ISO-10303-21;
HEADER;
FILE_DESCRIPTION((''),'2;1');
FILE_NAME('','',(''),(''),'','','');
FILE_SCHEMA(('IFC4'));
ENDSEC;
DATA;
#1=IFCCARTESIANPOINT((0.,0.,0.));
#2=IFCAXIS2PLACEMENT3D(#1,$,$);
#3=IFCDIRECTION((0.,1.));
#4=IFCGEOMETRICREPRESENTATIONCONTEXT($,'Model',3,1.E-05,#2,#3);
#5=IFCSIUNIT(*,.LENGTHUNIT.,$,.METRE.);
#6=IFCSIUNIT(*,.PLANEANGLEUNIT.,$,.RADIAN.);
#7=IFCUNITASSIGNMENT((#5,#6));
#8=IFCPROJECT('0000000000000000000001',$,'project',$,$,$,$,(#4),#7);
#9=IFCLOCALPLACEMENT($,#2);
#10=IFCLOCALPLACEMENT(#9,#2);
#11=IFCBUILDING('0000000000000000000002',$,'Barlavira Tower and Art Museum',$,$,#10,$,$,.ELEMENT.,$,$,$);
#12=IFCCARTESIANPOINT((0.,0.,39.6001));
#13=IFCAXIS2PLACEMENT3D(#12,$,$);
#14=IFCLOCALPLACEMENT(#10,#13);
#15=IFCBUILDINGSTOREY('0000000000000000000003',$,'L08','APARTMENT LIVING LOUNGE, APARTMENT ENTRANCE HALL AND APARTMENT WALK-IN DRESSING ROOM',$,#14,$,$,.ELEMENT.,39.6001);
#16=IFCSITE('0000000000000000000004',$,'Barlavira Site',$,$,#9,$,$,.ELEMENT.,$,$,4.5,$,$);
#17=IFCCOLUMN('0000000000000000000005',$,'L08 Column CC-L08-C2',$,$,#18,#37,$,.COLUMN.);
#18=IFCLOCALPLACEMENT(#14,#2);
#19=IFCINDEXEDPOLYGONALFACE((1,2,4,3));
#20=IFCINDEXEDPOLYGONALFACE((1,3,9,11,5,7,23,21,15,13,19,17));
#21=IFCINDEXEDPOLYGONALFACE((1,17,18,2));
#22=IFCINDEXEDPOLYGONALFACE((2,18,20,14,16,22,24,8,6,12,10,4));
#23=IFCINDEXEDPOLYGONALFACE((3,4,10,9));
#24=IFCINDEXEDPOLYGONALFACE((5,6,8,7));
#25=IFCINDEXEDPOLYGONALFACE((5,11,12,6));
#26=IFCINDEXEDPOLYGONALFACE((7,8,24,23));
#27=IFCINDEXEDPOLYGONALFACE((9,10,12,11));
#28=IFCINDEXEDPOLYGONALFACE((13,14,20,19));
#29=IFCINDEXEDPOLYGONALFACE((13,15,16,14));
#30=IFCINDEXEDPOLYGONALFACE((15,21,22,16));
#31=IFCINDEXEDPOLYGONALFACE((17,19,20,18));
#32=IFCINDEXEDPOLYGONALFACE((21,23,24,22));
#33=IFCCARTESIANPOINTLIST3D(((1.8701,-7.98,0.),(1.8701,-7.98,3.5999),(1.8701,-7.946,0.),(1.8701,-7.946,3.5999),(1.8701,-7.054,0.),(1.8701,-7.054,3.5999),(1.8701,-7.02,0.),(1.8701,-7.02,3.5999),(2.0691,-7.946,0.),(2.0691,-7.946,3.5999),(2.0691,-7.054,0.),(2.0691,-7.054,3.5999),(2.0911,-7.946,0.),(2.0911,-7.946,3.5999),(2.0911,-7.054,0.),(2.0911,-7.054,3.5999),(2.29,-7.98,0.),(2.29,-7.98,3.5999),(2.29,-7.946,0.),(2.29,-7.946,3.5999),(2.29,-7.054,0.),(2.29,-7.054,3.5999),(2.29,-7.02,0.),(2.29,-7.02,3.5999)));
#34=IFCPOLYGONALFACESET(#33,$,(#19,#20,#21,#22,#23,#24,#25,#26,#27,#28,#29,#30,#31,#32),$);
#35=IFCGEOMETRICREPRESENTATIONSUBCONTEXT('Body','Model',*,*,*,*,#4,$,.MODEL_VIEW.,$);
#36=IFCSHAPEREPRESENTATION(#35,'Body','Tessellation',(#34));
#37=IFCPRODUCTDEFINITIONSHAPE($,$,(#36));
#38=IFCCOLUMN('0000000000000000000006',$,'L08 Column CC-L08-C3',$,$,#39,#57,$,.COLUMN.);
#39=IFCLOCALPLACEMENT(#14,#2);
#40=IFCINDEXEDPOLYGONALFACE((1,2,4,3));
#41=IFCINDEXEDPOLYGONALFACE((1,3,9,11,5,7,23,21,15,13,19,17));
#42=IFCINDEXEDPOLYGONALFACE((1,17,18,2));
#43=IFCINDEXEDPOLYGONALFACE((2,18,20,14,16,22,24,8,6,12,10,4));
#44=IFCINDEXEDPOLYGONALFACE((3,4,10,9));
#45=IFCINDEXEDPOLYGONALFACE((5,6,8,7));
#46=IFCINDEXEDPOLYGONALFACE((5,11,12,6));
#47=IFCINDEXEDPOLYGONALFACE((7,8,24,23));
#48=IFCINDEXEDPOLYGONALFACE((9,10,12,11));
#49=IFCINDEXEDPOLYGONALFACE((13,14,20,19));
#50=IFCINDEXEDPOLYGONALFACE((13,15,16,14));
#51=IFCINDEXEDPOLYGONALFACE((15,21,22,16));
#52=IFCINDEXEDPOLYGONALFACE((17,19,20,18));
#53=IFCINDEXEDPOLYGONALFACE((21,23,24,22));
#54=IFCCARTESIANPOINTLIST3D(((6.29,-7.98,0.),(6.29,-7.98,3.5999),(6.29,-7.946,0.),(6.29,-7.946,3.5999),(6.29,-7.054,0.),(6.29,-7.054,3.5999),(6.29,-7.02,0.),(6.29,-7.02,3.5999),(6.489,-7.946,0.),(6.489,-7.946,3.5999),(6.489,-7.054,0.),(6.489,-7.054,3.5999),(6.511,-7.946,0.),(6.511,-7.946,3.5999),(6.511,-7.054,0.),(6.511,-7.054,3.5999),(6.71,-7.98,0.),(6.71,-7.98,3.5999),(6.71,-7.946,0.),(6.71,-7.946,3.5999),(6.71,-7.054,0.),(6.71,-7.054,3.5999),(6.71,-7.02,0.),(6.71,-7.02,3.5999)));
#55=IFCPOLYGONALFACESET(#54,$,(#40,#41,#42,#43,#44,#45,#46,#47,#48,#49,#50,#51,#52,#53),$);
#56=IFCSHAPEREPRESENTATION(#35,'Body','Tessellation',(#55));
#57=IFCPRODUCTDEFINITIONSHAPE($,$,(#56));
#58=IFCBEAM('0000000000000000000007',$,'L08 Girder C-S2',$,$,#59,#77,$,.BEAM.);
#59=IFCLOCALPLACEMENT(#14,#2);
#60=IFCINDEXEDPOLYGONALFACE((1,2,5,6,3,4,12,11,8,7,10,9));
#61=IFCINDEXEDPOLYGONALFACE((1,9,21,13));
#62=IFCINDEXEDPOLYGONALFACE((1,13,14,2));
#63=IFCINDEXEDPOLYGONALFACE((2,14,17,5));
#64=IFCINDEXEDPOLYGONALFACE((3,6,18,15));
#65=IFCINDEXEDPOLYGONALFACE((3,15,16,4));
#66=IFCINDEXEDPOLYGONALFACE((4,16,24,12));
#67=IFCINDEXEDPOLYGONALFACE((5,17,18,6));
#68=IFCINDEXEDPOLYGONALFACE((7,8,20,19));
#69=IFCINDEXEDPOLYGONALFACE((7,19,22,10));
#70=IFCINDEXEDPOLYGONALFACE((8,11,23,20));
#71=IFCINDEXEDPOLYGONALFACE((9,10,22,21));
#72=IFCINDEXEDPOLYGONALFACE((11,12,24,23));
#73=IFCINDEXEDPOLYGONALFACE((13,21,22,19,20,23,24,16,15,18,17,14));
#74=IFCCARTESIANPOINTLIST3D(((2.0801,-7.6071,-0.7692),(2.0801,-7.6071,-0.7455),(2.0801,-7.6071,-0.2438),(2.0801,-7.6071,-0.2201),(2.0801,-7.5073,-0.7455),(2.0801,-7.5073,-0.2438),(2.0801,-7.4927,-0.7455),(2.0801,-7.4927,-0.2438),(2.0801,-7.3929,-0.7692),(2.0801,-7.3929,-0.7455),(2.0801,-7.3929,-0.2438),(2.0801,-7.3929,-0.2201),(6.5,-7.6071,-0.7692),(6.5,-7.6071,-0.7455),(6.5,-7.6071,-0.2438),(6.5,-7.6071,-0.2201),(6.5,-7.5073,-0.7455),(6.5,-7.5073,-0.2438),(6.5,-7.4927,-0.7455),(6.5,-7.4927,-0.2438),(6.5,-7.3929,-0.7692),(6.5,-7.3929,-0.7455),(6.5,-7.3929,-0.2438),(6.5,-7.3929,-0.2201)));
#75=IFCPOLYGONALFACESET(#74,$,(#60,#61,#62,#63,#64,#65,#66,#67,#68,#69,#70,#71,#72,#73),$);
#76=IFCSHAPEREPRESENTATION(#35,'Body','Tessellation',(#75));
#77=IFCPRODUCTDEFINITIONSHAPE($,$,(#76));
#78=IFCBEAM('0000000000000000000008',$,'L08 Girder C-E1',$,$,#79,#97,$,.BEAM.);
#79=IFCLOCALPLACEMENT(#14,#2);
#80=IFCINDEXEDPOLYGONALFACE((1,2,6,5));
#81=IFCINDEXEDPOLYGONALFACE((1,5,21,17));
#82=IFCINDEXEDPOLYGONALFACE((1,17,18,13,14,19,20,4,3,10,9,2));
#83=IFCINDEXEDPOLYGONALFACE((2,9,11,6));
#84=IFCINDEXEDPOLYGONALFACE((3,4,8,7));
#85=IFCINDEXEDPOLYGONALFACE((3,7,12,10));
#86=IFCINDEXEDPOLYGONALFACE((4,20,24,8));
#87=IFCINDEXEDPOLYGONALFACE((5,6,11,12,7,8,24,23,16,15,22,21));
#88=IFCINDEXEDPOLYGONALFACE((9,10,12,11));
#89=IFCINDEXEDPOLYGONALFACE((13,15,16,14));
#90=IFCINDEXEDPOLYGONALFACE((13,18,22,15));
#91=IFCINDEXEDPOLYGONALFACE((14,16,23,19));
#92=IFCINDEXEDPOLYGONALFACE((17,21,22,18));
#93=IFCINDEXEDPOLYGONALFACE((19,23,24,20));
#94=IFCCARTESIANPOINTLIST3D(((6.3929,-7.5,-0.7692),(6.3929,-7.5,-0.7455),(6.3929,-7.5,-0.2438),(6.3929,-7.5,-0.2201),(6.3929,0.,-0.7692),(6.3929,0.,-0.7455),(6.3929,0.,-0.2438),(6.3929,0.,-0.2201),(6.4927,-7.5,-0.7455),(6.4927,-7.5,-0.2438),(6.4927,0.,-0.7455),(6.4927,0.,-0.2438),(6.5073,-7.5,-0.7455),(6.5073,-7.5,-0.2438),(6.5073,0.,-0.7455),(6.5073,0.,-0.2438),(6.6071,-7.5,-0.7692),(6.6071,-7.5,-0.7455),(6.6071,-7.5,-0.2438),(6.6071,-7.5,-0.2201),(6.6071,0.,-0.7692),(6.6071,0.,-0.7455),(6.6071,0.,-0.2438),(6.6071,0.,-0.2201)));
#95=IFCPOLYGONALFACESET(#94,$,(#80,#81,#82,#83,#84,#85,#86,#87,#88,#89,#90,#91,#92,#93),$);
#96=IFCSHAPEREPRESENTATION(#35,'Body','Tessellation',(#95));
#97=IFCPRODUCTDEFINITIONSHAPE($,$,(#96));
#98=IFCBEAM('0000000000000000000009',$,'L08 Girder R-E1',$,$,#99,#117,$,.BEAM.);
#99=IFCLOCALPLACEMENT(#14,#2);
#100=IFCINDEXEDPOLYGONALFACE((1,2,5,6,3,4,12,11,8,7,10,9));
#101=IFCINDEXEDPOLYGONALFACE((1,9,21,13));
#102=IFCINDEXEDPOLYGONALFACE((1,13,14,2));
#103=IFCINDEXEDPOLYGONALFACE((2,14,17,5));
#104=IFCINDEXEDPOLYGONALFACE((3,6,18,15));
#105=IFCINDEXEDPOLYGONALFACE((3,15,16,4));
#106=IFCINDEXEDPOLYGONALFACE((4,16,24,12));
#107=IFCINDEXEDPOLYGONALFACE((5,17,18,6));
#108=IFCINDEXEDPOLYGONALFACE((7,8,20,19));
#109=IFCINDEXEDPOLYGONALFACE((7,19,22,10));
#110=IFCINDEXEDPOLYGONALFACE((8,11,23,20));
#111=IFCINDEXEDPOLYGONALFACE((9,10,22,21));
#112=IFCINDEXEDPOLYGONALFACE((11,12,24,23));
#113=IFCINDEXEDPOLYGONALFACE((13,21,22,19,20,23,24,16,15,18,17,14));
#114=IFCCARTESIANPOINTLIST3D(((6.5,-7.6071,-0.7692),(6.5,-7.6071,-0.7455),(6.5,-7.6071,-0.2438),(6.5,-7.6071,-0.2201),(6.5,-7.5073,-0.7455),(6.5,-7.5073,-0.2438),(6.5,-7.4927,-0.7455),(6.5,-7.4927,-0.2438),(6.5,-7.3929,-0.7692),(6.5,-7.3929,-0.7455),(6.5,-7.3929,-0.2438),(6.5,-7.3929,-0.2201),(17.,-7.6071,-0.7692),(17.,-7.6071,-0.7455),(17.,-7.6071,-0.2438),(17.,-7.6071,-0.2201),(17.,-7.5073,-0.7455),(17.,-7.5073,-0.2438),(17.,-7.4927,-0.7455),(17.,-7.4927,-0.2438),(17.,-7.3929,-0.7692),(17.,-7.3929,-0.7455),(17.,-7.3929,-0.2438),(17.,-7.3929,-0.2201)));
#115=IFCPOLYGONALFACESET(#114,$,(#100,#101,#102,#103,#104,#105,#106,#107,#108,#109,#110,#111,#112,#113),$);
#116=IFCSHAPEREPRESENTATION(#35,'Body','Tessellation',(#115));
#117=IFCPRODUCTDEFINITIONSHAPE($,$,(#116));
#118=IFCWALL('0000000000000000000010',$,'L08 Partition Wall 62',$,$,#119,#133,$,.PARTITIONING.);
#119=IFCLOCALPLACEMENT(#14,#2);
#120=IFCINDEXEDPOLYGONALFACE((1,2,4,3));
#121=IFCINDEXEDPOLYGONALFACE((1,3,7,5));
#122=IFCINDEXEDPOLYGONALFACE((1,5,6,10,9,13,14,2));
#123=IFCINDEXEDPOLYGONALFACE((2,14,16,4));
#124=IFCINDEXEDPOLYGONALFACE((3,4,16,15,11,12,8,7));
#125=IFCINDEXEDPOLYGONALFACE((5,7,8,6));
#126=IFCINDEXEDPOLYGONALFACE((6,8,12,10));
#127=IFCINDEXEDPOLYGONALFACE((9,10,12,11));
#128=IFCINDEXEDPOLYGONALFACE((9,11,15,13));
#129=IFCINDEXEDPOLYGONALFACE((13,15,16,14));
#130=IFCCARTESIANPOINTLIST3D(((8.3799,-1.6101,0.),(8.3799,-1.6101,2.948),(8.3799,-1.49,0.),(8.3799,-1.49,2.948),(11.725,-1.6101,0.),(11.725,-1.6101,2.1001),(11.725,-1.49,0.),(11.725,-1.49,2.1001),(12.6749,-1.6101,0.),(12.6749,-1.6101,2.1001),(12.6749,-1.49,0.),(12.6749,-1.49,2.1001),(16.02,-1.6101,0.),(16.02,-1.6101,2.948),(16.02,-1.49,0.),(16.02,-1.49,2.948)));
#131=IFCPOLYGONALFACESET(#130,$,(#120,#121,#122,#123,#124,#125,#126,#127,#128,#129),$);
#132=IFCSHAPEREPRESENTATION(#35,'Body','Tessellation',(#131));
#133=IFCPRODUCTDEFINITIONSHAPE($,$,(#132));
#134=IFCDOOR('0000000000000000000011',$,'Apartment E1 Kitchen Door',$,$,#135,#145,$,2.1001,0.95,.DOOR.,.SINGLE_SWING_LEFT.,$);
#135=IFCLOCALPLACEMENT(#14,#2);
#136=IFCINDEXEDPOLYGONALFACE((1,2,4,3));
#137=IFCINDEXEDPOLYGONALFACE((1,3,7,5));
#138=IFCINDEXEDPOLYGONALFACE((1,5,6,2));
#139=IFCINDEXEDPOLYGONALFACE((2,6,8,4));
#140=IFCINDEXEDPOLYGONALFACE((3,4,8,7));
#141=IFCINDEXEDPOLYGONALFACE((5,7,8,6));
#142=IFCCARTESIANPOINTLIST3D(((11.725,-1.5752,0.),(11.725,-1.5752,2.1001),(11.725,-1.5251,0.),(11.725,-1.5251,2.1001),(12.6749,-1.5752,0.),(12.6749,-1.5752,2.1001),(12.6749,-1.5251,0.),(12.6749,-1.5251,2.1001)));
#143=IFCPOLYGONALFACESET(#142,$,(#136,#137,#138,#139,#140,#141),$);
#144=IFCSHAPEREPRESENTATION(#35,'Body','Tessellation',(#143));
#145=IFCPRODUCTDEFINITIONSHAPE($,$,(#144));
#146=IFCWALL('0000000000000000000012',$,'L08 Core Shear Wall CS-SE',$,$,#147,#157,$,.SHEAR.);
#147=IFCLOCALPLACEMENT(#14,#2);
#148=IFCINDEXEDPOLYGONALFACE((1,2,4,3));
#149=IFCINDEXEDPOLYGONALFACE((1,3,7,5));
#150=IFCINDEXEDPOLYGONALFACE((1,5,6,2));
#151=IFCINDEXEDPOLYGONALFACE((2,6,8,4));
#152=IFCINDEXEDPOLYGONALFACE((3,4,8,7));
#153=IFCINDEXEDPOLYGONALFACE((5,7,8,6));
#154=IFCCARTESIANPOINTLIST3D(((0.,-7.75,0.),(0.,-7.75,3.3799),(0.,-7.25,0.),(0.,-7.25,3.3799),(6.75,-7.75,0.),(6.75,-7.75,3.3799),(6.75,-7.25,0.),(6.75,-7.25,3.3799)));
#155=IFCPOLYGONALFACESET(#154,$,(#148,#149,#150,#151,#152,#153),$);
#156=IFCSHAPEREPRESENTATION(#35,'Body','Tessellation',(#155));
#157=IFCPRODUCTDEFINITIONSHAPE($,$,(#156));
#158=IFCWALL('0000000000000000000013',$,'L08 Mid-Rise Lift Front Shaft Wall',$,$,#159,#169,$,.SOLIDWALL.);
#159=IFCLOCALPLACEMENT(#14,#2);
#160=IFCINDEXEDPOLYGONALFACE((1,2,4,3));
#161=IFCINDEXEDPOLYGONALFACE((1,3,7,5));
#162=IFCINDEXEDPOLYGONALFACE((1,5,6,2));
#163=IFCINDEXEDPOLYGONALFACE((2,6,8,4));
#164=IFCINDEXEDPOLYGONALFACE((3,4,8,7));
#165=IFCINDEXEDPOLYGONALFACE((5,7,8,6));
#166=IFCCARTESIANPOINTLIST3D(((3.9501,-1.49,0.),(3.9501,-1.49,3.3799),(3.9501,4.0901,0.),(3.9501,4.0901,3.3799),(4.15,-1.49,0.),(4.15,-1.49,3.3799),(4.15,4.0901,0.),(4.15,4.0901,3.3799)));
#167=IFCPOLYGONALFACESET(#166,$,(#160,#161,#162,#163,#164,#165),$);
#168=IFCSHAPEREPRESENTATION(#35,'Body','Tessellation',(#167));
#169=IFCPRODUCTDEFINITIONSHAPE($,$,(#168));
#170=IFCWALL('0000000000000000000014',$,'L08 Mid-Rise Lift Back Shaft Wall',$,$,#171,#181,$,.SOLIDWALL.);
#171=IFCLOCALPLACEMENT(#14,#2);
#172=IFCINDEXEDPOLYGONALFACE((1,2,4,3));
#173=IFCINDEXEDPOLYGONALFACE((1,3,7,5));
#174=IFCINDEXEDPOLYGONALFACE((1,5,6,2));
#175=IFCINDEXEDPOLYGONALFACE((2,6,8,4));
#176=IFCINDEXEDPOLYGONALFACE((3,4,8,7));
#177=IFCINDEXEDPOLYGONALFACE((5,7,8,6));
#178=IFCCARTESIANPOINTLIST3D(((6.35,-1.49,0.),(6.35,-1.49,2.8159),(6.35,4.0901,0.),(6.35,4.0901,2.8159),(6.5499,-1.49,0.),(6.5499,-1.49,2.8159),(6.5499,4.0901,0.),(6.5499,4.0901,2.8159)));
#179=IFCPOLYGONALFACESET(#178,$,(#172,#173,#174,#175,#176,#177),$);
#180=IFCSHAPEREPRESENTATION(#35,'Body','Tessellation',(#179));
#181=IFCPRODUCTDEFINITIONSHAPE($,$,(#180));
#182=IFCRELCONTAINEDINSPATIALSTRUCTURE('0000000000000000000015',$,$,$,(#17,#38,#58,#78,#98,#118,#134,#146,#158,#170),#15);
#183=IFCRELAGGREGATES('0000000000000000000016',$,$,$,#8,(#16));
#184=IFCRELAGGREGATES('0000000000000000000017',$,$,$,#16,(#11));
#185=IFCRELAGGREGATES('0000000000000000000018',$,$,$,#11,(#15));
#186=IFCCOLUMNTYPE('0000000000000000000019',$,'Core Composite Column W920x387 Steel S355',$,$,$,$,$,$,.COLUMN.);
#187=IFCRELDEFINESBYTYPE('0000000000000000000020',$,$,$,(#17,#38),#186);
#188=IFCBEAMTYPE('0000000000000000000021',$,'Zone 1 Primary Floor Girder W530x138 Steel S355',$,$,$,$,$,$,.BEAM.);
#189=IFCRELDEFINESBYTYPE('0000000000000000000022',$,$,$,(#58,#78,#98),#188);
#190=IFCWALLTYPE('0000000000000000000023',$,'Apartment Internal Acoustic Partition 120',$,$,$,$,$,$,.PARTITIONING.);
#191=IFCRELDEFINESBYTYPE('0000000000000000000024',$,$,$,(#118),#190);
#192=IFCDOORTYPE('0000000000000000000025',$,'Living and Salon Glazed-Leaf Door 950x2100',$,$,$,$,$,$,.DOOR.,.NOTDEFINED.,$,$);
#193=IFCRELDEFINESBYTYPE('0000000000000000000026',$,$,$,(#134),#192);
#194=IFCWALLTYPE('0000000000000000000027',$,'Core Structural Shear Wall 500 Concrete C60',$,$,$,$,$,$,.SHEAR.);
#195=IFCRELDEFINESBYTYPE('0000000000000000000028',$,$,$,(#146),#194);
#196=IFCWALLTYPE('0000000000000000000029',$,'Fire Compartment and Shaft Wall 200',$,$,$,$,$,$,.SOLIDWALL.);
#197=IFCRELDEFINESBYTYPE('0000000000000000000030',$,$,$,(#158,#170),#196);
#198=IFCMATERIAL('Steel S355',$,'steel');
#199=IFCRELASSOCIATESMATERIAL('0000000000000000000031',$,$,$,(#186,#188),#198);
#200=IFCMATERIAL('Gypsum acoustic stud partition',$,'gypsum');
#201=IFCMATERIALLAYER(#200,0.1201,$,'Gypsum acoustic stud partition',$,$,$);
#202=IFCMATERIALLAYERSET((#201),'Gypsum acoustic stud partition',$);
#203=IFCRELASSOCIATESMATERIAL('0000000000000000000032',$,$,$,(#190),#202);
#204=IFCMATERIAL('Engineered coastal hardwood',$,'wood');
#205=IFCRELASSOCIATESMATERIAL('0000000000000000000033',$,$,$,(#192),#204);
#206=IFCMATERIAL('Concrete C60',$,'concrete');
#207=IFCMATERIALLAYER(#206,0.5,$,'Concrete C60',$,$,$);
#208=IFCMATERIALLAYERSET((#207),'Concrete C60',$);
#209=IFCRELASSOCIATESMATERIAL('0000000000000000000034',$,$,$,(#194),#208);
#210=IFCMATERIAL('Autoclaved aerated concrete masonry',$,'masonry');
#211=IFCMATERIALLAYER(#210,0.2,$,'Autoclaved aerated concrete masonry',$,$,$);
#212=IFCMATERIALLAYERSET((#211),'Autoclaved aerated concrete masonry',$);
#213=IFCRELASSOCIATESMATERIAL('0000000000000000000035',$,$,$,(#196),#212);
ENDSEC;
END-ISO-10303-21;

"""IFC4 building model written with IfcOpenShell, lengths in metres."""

from ifc_helpers import new_model, si_unit, direction, frame, frame_2d, origin, origin_2d, place, context, subcontext, project, spatial, rectangle, i_section, extrude, material, layer, layer_set, material_profile, profile_set, type_object, element, fill, save


model = new_model("IFC4")

# Units and contexts
model_context = context("Model", 3, precision=1e-05, world=origin(), true_north=direction((0.0, 1.0)))
body_context = subcontext(model_context, "Body", "Model", "MODEL_VIEW")
ifc_project = project(units=[si_unit("LENGTHUNIT", "METRE"), si_unit("PLANEANGLEUNIT", "RADIAN")], contexts=[model_context])

# Site, building, storey
site_placement = place(None, origin())
site = spatial("IfcSite", under=ifc_project, at=site_placement, Name="Barlavira Site", CompositionType="ELEMENT", RefElevation=4.5)
building_placement = place(site_placement, origin())
building = spatial("IfcBuilding", under=site, at=building_placement, Name="Barlavira Tower and Art Museum", CompositionType="ELEMENT")
storey_placement = place(building_placement, frame((0.0, 0.0, 39.6001)))
storey = spatial("IfcBuildingStorey", under=building, at=storey_placement, Name="L08", Description="APARTMENT LIVING LOUNGE, APARTMENT ENTRANCE HALL AND APARTMENT WALK-IN DRESSING ROOM", CompositionType="ELEMENT", Elevation=39.6001)

# Columns
ifc_material_1 = material(Name="Steel S355", Category="steel")
ifc_material_profile_1 = material_profile(ifc_material_1, i_section(OverallWidth=0.4199, OverallDepth=0.96, WebThickness=0.022, FlangeThickness=0.0339, at=origin_2d()), Name="W920x387.0")
ifc_profile_set_1 = profile_set([ifc_material_profile_1], Name="Steel S355")
column_type = type_object("IfcColumnType", Name="Core Composite Column W920x387 Steel S355", PredefinedType="COLUMN", material=ifc_profile_set_1)
for number, where, z_axis, x_axis, name in (
    (1, (2.0801, -7.5, 0.0), (0.0, 0.0, 1.0), (1.0, 0.0, 0.0), "L08 Column CC-L08-C2"),
    (2, (6.5, -7.5, 0.0), (0.0, 0.0, 1.0), (1.0, 0.0, 0.0), "L08 Column CC-L08-C3"),
):
    element("IfcColumn", number, at=place(storey_placement, frame(where, z_axis=z_axis, x_axis=x_axis)), inside=storey, type_object=column_type, Name=name, PredefinedType="COLUMN", context=body_context, shape_type="SweptSolid", body=[
        extrude(i_section(OverallWidth=0.4199, OverallDepth=0.96, WebThickness=0.022, FlangeThickness=0.0339, at=origin_2d()), origin(), (0.0, 0.0, 1.0), 3.5999),
    ])

# Beams
ifc_material_profile_2 = material_profile(ifc_material_1, i_section(OverallWidth=0.2141, OverallDepth=0.5491, WebThickness=0.0146, FlangeThickness=0.0237, at=origin_2d()), Name="W530x138.0")
ifc_profile_set_2 = profile_set([ifc_material_profile_2], Name="Steel S355")
beam_type = type_object("IfcBeamType", Name="Zone 1 Primary Floor Girder W530x138 Steel S355", PredefinedType="BEAM", material=ifc_profile_set_2)
beam_1_placement = place(storey_placement, frame((2.0801, -7.5, -0.4946), z_axis=(1.0, 0.0, 0.0), x_axis=(0.0, 1.0, 0.0)))
element("IfcBeam", 3, at=beam_1_placement, inside=storey, type_object=beam_type, Name="L08 Girder C-S2", PredefinedType="BEAM", context=body_context, shape_type="SweptSolid", body=[
    extrude(i_section(OverallWidth=0.2141, OverallDepth=0.5491, WebThickness=0.0146, FlangeThickness=0.0237, at=origin_2d()), origin(), (0.0, 0.0, 1.0), 4.4199),
])
beam_2_placement = place(storey_placement, frame((6.5, -7.5, -0.4946), z_axis=(0.0, 1.0, 0.0), x_axis=(-1.0, 0.0, 0.0)))
element("IfcBeam", 4, at=beam_2_placement, inside=storey, type_object=beam_type, Name="L08 Girder C-E1", PredefinedType="BEAM", context=body_context, shape_type="SweptSolid", body=[
    extrude(i_section(OverallWidth=0.2141, OverallDepth=0.5491, WebThickness=0.0146, FlangeThickness=0.0237, at=origin_2d()), origin(), (0.0, 0.0, 1.0), 7.5),
])
beam_3_placement = place(storey_placement, frame((6.5, -7.5, -0.4946), z_axis=(1.0, 0.0, 0.0), x_axis=(0.0, 1.0, 0.0)))
element("IfcBeam", 5, at=beam_3_placement, inside=storey, type_object=beam_type, Name="L08 Girder R-E1", PredefinedType="BEAM", context=body_context, shape_type="SweptSolid", body=[
    extrude(i_section(OverallWidth=0.2141, OverallDepth=0.5491, WebThickness=0.0146, FlangeThickness=0.0237, at=origin_2d()), origin(), (0.0, 0.0, 1.0), 10.5),
])

# Wall, opening, door
ifc_material_2 = material(Name="Gypsum acoustic stud partition", Category="gypsum")
ifc_layer_1 = layer(ifc_material_2, 0.1201, Name="Gypsum acoustic stud partition")
ifc_layer_set_1 = layer_set([ifc_layer_1], Name="Gypsum acoustic stud partition")
wall_type_1 = type_object("IfcWallType", Name="Apartment Internal Acoustic Partition 120", PredefinedType="PARTITIONING", material=ifc_layer_set_1)
wall_1_placement = place(storey_placement, frame((8.3799, -1.55, 0.0), z_axis=(0.0, 0.0, 1.0), x_axis=(1.0, 0.0, 0.0)))
wall_1 = element("IfcWall", 6, at=wall_1_placement, inside=storey, type_object=wall_type_1, Name="L08 Partition Wall 62", PredefinedType="PARTITIONING", context=body_context, shape_type="SweptSolid", body=[
    extrude(rectangle(XDim=7.6401, YDim=0.1201, at=frame_2d((3.8201, 0.0))), origin(), (0.0, 0.0, 1.0), 2.948),
])
opening_1_placement = place(wall_1_placement, frame((3.345, 0.0, 0.0)))
opening_1 = element("IfcOpeningElement", 7, at=opening_1_placement, cuts=wall_1, PredefinedType="OPENING", context=body_context, shape_type="SweptSolid", body=[
    extrude(rectangle(XDim=0.95, YDim=2.1001, at=frame_2d((0.4751, 1.05))), frame((0.0, 0.0701, 0.0), z_axis=(0.0, -1.0, 0.0), x_axis=(1.0, 0.0, 0.0)), (0.0, 0.0, 1.0), 0.1401),
])
ifc_material_3 = material(Name="Engineered coastal hardwood", Category="wood")
door_type_1 = type_object("IfcDoorType", Name="Living and Salon Glazed-Leaf Door 950x2100", OperationType="NOTDEFINED", PredefinedType="DOOR", material=ifc_material_3)
door_1_placement = place(opening_1_placement, origin())
door_1 = element("IfcDoor", 8, at=door_1_placement, inside=storey, type_object=door_type_1, Name="Apartment E1 Kitchen Door", OperationType="SINGLE_SWING_LEFT", OverallHeight=2.1001, OverallWidth=0.95, PredefinedType="DOOR", context=body_context, shape_type="SweptSolid", body=[
    extrude(rectangle(XDim=0.95, YDim=2.1001, at=frame_2d((0.4751, 1.05))), frame((0.0, 0.0249, 0.0), z_axis=(0.0, -1.0, 0.0), x_axis=(1.0, 0.0, 0.0)), (0.0, 0.0, 1.0), 0.05),
])
fill(opening_1, door_1)

# Wall
ifc_material_4 = material(Name="Concrete C60", Category="concrete")
ifc_layer_2 = layer(ifc_material_4, 0.5, Name="Concrete C60")
ifc_layer_set_2 = layer_set([ifc_layer_2], Name="Concrete C60")
wall_type_2 = type_object("IfcWallType", Name="Core Structural Shear Wall 500 Concrete C60", PredefinedType="SHEAR", material=ifc_layer_set_2)
wall_2_placement = place(storey_placement, frame((0.0, -7.5, 0.0), z_axis=(0.0, 0.0, 1.0), x_axis=(1.0, 0.0, 0.0)))
element("IfcWall", 9, at=wall_2_placement, inside=storey, type_object=wall_type_2, Name="L08 Core Shear Wall CS-SE", PredefinedType="SHEAR", context=body_context, shape_type="SweptSolid", body=[
    extrude(rectangle(XDim=6.75, YDim=0.5, at=frame_2d((3.375, 0.0))), origin(), (0.0, 0.0, 1.0), 3.3799),
])

# Walls
ifc_material_5 = material(Name="Autoclaved aerated concrete masonry", Category="masonry")
ifc_layer_3 = layer(ifc_material_5, 0.2, Name="Autoclaved aerated concrete masonry")
ifc_layer_set_3 = layer_set([ifc_layer_3], Name="Autoclaved aerated concrete masonry")
wall_type_3 = type_object("IfcWallType", Name="Fire Compartment and Shaft Wall 200", PredefinedType="SOLIDWALL", material=ifc_layer_set_3)
wall_3_placement = place(storey_placement, frame((4.05, -1.49, 0.0), z_axis=(0.0, 0.0, 1.0), x_axis=(0.0, 1.0, 0.0)))
element("IfcWall", 10, at=wall_3_placement, inside=storey, type_object=wall_type_3, Name="L08 Mid-Rise Lift Front Shaft Wall", PredefinedType="SOLIDWALL", context=body_context, shape_type="SweptSolid", body=[
    extrude(rectangle(XDim=5.5801, YDim=0.2, at=frame_2d((2.79, 0.0))), origin(), (0.0, 0.0, 1.0), 3.3799),
])
wall_4_placement = place(storey_placement, frame((6.45, -1.49, 0.0), z_axis=(0.0, 0.0, 1.0), x_axis=(0.0, 1.0, 0.0)))
element("IfcWall", 11, at=wall_4_placement, inside=storey, type_object=wall_type_3, Name="L08 Mid-Rise Lift Back Shaft Wall", PredefinedType="SOLIDWALL", context=body_context, shape_type="SweptSolid", body=[
    extrude(rectangle(XDim=5.5801, YDim=0.2, at=frame_2d((2.79, 0.0))), origin(), (0.0, 0.0, 1.0), 2.8159),
])

save(model, "model.ifc")
